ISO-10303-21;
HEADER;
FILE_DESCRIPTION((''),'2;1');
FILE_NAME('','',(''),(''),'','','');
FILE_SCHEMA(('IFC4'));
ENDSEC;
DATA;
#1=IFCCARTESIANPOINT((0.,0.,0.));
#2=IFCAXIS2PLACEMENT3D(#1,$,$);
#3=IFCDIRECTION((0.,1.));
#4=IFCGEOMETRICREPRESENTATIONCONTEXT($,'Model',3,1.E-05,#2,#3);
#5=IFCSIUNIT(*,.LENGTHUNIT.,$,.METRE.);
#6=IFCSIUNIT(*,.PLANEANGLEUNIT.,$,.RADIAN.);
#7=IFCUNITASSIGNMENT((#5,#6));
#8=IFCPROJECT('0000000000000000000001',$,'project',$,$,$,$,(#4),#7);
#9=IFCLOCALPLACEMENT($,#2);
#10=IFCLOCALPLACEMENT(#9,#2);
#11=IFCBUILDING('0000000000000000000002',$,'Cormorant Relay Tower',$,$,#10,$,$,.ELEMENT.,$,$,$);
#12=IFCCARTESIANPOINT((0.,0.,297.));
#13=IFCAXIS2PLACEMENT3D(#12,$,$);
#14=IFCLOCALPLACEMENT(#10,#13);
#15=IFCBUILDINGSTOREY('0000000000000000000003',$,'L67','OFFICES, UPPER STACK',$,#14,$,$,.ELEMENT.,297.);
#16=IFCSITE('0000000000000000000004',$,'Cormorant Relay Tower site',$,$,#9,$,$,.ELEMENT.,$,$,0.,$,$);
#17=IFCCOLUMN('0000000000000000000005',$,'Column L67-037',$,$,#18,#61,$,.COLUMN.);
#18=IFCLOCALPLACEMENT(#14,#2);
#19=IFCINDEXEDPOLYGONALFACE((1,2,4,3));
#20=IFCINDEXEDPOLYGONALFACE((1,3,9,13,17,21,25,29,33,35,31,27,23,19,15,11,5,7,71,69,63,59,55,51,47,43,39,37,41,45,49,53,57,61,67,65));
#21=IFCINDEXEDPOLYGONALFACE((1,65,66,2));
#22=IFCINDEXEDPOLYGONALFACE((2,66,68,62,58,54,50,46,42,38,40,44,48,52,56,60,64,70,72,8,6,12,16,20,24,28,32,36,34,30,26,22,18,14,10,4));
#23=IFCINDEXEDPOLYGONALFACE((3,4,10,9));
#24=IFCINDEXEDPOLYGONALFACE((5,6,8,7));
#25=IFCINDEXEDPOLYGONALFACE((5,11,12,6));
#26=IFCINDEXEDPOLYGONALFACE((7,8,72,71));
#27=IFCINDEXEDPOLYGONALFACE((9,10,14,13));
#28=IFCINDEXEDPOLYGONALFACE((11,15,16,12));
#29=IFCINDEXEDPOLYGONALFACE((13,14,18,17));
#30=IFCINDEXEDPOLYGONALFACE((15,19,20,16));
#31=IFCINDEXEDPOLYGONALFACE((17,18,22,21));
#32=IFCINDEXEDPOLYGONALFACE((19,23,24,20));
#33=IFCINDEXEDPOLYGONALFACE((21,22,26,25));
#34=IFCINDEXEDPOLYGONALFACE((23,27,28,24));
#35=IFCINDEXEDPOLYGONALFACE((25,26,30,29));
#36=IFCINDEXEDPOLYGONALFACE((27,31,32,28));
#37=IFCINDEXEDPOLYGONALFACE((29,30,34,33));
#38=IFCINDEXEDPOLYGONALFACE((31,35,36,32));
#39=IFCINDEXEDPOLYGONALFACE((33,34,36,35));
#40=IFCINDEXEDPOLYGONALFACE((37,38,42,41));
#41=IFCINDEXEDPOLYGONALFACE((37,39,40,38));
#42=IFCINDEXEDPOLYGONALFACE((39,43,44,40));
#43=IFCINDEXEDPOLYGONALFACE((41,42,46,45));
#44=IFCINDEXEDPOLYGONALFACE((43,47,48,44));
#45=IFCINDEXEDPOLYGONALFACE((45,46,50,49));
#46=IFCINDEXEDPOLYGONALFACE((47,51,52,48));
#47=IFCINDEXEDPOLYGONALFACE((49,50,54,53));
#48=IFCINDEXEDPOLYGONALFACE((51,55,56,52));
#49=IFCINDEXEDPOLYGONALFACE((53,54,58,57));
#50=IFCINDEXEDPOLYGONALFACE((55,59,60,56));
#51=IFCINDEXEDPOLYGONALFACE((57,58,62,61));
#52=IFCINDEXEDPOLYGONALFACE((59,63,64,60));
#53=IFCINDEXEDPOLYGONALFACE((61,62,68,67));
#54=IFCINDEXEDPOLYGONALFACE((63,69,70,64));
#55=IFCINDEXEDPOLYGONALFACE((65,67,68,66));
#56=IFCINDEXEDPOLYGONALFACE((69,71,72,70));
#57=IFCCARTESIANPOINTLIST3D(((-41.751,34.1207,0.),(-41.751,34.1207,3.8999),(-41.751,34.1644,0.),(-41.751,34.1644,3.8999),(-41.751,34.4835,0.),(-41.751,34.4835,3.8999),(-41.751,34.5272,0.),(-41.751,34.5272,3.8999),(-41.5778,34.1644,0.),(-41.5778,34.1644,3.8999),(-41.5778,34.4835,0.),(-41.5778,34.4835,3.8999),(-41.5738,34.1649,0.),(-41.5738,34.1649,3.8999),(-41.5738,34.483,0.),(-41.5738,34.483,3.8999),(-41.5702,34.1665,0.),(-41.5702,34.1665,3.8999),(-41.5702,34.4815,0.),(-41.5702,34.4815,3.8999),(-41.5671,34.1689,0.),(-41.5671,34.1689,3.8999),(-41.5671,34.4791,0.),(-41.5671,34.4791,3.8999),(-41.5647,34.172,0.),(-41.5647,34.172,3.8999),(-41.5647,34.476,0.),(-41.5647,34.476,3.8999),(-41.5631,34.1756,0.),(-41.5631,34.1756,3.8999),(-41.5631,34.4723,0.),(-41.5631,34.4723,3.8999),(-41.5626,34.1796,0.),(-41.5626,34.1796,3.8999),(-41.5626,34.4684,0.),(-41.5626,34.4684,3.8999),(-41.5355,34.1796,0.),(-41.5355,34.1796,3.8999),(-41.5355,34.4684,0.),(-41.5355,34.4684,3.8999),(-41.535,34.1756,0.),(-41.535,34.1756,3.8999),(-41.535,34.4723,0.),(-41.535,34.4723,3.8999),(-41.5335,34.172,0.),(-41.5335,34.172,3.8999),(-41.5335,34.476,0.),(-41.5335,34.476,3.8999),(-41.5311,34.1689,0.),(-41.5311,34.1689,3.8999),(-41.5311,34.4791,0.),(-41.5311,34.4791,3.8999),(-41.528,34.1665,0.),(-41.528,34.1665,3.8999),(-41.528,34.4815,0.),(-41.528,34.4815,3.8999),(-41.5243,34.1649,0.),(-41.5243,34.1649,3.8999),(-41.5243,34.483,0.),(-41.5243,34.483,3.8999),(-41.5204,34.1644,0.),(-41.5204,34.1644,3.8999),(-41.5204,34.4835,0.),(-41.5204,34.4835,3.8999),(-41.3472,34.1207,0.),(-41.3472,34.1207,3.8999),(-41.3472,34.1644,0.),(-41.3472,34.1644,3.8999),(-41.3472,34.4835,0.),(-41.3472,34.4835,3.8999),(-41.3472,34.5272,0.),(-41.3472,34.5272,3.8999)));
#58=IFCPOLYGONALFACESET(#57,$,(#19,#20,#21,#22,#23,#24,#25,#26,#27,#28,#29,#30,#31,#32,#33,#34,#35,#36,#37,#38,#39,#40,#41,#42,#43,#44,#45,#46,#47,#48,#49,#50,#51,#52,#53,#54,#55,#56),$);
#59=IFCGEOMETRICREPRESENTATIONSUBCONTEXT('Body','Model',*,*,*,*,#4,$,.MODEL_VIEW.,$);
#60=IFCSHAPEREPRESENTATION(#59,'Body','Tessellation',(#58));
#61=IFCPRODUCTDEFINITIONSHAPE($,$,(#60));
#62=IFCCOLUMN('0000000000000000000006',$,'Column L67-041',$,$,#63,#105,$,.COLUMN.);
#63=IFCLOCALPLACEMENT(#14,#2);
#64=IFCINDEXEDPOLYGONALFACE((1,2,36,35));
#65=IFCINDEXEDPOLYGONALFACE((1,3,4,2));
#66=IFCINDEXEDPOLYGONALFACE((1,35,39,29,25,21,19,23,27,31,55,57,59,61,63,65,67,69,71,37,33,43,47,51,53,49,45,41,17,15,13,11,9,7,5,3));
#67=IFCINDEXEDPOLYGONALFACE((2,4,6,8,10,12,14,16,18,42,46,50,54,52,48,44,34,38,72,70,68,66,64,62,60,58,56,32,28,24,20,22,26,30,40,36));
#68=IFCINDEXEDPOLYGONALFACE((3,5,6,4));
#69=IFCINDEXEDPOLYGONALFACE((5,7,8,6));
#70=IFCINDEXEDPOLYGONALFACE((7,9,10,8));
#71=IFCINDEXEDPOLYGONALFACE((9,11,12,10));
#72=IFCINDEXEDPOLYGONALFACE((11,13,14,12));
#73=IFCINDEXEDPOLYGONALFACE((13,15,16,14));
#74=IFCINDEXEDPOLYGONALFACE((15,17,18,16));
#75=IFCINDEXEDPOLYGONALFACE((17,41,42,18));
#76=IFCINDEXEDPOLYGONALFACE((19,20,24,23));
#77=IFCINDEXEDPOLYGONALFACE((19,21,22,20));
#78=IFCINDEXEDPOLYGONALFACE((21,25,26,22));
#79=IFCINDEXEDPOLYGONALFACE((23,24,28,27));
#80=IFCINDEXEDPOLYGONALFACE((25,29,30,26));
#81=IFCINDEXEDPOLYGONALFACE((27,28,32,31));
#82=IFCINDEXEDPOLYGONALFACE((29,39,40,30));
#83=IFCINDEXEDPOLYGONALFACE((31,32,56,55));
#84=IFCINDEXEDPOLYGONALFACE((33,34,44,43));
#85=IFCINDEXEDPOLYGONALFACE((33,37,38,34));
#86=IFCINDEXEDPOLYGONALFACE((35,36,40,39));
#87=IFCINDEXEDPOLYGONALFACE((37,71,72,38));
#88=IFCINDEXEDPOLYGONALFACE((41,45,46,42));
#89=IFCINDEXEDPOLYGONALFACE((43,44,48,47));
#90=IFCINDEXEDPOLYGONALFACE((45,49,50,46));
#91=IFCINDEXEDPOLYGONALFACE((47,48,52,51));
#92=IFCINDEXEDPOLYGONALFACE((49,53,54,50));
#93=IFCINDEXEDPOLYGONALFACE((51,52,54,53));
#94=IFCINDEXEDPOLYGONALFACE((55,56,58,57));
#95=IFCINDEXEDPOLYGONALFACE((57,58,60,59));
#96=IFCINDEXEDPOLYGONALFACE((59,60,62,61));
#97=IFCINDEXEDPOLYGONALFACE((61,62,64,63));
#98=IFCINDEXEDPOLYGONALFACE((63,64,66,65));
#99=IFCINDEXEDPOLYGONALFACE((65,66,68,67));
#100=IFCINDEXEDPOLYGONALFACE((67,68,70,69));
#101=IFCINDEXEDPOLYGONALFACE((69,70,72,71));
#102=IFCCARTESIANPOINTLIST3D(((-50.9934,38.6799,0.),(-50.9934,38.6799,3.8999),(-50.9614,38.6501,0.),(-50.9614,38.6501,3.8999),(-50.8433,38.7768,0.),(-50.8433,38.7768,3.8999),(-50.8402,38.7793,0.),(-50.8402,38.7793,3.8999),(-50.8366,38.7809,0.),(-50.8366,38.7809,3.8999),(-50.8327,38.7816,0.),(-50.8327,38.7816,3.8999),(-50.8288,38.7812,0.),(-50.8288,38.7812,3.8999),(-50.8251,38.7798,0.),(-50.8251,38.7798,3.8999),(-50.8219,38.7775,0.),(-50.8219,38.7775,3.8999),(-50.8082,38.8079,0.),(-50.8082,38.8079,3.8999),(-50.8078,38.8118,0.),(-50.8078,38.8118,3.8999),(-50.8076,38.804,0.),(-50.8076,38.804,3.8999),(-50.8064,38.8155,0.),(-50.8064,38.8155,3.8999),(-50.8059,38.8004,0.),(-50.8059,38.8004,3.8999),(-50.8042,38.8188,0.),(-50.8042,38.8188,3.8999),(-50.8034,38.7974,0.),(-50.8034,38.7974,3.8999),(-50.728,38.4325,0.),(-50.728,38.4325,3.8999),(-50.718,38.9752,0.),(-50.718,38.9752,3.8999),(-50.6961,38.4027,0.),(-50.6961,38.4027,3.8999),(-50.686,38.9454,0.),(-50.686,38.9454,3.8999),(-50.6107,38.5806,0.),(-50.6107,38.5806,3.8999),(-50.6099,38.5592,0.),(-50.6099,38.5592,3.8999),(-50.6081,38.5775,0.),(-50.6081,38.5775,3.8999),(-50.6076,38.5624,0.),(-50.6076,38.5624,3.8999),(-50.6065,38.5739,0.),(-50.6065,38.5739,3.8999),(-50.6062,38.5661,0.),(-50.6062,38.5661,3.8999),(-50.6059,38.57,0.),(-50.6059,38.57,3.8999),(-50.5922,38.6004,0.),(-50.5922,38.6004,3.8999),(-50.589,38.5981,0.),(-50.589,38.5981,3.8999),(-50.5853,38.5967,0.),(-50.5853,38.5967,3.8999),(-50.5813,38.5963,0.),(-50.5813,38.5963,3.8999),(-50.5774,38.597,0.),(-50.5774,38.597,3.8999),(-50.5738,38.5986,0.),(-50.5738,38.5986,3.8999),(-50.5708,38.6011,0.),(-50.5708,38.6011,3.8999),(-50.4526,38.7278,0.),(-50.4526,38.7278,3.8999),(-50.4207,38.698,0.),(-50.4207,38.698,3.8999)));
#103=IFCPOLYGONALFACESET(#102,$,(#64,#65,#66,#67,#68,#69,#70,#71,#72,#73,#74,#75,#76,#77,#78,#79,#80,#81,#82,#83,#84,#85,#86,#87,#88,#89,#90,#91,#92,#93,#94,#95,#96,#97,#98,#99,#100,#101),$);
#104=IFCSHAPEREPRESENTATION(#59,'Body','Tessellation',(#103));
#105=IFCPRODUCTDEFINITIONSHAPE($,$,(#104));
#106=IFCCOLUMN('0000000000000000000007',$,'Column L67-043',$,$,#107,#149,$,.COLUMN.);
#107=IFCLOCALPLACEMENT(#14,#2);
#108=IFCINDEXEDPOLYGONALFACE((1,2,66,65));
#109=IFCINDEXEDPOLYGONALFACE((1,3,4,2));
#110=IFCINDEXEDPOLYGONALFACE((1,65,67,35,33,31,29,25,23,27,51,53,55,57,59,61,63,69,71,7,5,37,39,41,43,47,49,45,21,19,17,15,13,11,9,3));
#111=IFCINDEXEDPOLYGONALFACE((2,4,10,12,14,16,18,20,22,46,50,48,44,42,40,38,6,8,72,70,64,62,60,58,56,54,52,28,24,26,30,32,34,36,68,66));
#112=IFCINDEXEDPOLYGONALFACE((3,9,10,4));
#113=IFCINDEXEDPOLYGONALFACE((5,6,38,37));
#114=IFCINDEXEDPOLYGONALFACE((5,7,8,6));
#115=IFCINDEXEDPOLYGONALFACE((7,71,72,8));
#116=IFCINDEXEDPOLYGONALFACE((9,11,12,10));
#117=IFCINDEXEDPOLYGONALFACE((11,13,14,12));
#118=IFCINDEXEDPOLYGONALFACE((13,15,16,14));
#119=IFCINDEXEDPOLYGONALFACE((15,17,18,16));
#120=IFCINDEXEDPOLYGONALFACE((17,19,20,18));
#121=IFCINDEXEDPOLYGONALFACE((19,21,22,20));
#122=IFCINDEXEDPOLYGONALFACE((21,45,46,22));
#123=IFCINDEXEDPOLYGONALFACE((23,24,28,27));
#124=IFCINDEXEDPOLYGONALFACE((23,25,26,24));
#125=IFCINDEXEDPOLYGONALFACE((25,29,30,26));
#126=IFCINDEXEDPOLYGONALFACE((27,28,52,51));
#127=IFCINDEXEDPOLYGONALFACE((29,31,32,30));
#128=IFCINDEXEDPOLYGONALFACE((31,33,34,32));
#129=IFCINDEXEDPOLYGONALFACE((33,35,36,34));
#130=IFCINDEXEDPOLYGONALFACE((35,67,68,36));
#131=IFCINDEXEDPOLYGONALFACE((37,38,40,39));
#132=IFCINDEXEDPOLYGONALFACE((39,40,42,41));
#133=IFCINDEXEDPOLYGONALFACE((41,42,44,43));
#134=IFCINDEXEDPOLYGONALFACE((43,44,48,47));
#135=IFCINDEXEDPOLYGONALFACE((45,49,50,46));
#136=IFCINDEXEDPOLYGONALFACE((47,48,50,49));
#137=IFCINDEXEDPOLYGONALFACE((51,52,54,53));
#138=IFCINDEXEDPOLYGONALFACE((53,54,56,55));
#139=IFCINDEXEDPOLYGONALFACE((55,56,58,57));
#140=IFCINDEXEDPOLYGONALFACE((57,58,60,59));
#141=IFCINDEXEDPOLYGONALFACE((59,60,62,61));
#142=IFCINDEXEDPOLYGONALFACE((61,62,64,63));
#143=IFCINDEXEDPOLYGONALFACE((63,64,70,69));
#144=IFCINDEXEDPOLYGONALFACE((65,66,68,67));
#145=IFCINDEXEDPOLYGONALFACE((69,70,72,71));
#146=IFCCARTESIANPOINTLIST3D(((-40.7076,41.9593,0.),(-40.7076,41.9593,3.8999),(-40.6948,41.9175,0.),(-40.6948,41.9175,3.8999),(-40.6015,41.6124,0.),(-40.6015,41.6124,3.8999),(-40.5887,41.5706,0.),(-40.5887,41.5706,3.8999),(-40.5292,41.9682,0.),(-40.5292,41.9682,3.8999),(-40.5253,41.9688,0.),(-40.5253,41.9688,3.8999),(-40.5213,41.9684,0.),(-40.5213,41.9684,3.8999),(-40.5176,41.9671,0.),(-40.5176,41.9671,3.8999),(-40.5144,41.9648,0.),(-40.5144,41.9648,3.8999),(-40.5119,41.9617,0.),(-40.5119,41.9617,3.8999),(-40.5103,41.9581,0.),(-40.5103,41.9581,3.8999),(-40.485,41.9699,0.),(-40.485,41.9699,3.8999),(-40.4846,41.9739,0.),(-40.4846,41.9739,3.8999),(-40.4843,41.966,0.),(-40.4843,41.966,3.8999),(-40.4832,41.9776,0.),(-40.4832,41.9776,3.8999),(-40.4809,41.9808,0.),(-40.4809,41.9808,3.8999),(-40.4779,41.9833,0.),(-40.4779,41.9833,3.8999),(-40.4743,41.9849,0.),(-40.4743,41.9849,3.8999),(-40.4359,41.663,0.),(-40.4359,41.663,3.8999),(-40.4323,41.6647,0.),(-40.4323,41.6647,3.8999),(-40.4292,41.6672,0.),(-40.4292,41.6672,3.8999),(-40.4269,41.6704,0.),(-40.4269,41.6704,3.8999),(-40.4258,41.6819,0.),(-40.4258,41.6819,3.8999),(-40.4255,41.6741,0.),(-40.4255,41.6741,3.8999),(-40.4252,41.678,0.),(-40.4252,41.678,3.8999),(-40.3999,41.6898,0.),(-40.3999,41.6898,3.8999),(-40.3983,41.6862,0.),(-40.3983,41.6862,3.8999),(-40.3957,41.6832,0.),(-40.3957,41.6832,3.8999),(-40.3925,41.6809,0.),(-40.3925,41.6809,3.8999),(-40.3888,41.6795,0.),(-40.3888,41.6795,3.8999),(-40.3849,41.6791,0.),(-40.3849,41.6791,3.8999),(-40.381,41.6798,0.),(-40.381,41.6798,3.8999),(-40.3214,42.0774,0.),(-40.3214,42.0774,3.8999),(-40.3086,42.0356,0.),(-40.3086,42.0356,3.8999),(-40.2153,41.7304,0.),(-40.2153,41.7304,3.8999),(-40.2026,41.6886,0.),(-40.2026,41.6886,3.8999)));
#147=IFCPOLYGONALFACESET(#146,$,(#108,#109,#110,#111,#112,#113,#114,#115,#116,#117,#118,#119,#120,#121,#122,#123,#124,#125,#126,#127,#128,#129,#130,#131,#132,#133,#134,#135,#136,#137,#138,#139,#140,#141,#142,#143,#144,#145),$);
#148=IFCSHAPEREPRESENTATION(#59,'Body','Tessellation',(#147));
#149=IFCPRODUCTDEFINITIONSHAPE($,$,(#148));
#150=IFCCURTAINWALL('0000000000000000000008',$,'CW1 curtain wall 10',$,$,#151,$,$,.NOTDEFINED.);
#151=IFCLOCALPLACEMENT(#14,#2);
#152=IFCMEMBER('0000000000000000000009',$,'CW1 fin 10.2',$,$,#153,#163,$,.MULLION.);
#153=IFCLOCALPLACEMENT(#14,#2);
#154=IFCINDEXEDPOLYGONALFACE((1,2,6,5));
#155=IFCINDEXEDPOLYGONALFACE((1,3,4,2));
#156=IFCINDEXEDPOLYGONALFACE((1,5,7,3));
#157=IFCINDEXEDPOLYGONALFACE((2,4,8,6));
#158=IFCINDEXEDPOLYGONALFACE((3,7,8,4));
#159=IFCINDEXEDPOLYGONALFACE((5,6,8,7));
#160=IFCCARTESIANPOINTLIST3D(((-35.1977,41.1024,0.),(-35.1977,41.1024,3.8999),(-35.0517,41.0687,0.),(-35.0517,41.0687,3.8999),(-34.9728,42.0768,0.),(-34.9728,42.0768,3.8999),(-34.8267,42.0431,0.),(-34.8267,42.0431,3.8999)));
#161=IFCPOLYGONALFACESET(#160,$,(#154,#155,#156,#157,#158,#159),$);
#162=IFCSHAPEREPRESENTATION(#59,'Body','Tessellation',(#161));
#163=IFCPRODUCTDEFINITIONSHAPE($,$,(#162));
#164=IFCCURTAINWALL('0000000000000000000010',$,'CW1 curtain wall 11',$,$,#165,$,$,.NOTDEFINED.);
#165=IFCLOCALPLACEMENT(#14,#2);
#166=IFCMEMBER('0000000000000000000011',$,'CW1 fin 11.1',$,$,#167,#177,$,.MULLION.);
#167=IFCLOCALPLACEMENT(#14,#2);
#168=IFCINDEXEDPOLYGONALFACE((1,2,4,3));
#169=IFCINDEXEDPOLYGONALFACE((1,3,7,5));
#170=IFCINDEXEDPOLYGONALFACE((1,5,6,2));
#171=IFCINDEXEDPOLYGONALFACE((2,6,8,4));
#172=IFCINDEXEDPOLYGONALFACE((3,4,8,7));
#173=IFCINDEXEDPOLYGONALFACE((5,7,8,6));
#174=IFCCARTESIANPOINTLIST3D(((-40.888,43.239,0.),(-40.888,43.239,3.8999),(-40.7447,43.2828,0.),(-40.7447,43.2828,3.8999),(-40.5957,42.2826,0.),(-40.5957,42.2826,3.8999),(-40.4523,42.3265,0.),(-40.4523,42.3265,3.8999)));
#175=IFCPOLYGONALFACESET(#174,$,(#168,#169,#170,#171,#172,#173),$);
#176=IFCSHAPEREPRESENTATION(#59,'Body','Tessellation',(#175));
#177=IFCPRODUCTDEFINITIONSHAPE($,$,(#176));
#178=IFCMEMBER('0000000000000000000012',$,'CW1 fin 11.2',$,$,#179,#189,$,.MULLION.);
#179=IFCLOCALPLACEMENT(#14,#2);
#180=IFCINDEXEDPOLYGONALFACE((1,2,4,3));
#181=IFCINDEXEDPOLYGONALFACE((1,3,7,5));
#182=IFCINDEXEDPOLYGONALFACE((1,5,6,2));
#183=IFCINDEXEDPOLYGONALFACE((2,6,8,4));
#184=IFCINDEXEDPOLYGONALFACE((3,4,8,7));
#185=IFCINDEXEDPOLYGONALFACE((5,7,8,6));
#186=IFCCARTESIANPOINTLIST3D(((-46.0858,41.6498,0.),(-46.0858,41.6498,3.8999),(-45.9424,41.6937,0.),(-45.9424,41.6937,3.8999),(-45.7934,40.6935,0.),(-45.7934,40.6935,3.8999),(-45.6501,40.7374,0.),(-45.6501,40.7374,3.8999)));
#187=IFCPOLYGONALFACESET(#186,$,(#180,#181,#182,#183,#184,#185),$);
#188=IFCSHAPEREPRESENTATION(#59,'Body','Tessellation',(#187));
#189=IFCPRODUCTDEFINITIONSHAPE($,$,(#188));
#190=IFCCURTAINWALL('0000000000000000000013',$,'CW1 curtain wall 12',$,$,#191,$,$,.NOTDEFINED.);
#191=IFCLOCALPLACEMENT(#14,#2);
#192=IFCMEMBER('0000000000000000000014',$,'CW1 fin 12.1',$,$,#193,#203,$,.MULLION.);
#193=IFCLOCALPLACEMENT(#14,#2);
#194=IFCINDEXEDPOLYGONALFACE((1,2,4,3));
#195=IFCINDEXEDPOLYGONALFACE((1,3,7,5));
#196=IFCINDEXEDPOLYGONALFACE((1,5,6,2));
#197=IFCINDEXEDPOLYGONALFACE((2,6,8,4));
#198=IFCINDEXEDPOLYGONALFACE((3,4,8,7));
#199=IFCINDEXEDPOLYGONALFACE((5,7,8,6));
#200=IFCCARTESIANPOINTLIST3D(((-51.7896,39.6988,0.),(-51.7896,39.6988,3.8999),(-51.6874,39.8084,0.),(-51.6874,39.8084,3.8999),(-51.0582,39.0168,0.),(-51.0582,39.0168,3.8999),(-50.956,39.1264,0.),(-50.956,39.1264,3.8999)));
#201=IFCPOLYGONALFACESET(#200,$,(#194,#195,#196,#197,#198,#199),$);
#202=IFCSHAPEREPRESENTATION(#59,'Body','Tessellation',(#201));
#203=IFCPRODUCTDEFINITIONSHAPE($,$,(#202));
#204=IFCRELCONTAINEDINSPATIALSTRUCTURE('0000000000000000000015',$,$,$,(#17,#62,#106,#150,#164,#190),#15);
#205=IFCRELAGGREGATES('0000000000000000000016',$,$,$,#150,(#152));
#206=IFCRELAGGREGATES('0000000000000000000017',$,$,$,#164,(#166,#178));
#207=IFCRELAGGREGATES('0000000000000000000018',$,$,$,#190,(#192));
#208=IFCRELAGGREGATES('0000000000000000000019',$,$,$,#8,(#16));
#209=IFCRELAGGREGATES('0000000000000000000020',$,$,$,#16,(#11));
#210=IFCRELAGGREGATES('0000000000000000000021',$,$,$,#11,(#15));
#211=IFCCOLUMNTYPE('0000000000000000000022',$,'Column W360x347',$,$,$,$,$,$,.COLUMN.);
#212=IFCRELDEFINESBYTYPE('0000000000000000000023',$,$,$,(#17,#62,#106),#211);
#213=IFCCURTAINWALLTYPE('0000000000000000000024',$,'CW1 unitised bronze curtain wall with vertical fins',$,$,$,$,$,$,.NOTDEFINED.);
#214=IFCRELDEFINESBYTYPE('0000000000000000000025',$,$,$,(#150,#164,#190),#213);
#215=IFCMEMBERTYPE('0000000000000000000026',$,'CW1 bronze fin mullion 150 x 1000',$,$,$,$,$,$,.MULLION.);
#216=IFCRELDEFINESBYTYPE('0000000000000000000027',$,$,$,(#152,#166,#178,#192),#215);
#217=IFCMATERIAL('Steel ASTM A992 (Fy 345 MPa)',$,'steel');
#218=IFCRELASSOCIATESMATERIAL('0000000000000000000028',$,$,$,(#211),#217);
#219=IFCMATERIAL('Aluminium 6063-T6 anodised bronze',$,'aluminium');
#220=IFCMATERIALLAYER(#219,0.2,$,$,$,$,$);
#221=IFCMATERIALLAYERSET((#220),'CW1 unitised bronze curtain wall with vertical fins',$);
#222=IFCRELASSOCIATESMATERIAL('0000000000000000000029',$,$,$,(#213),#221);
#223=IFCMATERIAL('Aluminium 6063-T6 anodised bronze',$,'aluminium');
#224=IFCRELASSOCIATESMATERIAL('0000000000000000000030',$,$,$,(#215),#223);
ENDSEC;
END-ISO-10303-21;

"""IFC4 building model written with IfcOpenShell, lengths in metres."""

from ifc_helpers import new_model, si_unit, direction, frame, origin, origin_2d, place, context, subcontext, project, spatial, rectangle, i_section, extrude, material, layer, layer_set, material_profile, profile_set, type_object, element, aggregate, save


model = new_model("IFC4")

# Units and contexts
model_context = context("Model", 3, precision=1e-05, world=origin(), true_north=direction((0.0, 1.0)))
body_context = subcontext(model_context, "Body", "Model", "MODEL_VIEW")
ifc_project = project(units=[si_unit("LENGTHUNIT", "METRE"), si_unit("PLANEANGLEUNIT", "RADIAN")], contexts=[model_context])

# Site, building, storey
site_placement = place(None, origin())
site = spatial("IfcSite", under=ifc_project, at=site_placement, Name="Cormorant Relay Tower site", CompositionType="ELEMENT", RefElevation=0.0)
building_placement = place(site_placement, origin())
building = spatial("IfcBuilding", under=site, at=building_placement, Name="Cormorant Relay Tower", CompositionType="ELEMENT")
storey_placement = place(building_placement, frame((0.0, 0.0, 297.0)))
storey = spatial("IfcBuildingStorey", under=building, at=storey_placement, Name="L67", Description="OFFICES, UPPER STACK", CompositionType="ELEMENT", Elevation=297.0)

# Columns
ifc_material_1 = material(Name="Steel ASTM A992 (Fy 345 MPa)", Category="steel")
ifc_material_profile_1 = material_profile(ifc_material_1, i_section(OverallWidth=0.4038, OverallDepth=0.4065, WebThickness=0.0271, FlangeThickness=0.0437, FilletRadius=0.0151, at=origin_2d()), Name="W360x347")
ifc_profile_set_1 = profile_set([ifc_material_profile_1], Name="Steel ASTM A992 (Fy 345 MPa)")
column_type = type_object("IfcColumnType", Name="Column W360x347", PredefinedType="COLUMN", material=ifc_profile_set_1)
for number, where, z_axis, x_axis, name in (
    (1, (-41.5491, 34.324, 0.0), (0.0, 0.0, 1.0), (1.0, 0.0, 0.0), "Column L67-037"),
    (2, (-50.707, 38.689, 0.0), (0.0, 0.0, 1.0), (-0.681998, -0.731354, 0.0), "Column L67-041"),
    (3, (-40.4551, 41.824, 0.0), (0.0, 0.0, 1.0), (-0.956305, -0.292372, 0.0), "Column L67-043"),
):
    element("IfcColumn", number, at=place(storey_placement, frame(where, z_axis=z_axis, x_axis=x_axis)), inside=storey, type_object=column_type, Name=name, PredefinedType="COLUMN", context=body_context, shape_type="SweptSolid", body=[
        extrude(i_section(OverallWidth=0.4038, OverallDepth=0.4065, WebThickness=0.0271, FlangeThickness=0.0437, FilletRadius=0.0151, at=origin_2d()), origin(), (0.0, 0.0, 1.0), 3.8999),
    ])

# Curtain wall, member
ifc_material_2 = material(Name="Aluminium 6063-T6 anodised bronze", Category="aluminium")
ifc_layer_1 = layer(ifc_material_2, 0.2)
ifc_layer_set_1 = layer_set([ifc_layer_1], Name="CW1 unitised bronze curtain wall with vertical fins")
curtain_wall_type = type_object("IfcCurtainWallType", Name="CW1 unitised bronze curtain wall with vertical fins", PredefinedType="NOTDEFINED", material=ifc_layer_set_1)
curtain_wall_1_placement = place(storey_placement, origin())
curtain_wall_1 = element("IfcCurtainWall", 4, at=curtain_wall_1_placement, inside=storey, type_object=curtain_wall_type, Name="CW1 curtain wall 10", PredefinedType="NOTDEFINED")
ifc_material_3 = material(Name="Aluminium 6063-T6 anodised bronze", Category="aluminium")
ifc_material_profile_2 = material_profile(ifc_material_3, rectangle(XDim=0.1499, YDim=1.0, at=origin_2d()), Name="AL 150x1000")
ifc_profile_set_2 = profile_set([ifc_material_profile_2], Name="Aluminium 6063-T6 anodised bronze")
member_type_1 = type_object("IfcMemberType", Name="CW1 bronze fin mullion 150 x 1000", PredefinedType="MULLION", material=ifc_profile_set_2)
member_1_placement = place(storey_placement, frame((-35.0122, 41.5728, 0.0), z_axis=(0.0, 0.0, 1.0), x_axis=(-0.97437, 0.224951, 0.0)))
member_1 = element("IfcMember", 5, at=member_1_placement, type_object=member_type_1, Name="CW1 fin 10.2", PredefinedType="MULLION", context=body_context, shape_type="SweptSolid", body=[
    extrude(rectangle(XDim=0.1499, YDim=1.0, at=origin_2d()), origin(), (0.0, 0.0, 1.0), 3.8999),
])

# Curtain walls, members
curtain_wall_2_placement = place(storey_placement, origin())
curtain_wall_2 = element("IfcCurtainWall", 6, at=curtain_wall_2_placement, inside=storey, type_object=curtain_wall_type, Name="CW1 curtain wall 11", PredefinedType="NOTDEFINED")
member_2_placement = place(storey_placement, frame((-40.6702, 42.7827, 0.0), z_axis=(0.0, 0.0, 1.0), x_axis=(-0.956305, -0.292372, 0.0)))
member_2 = element("IfcMember", 7, at=member_2_placement, type_object=member_type_1, Name="CW1 fin 11.1", PredefinedType="MULLION", context=body_context, shape_type="SweptSolid", body=[
    extrude(rectangle(XDim=0.1499, YDim=1.0, at=origin_2d()), origin(), (0.0, 0.0, 1.0), 3.8999),
])
member_3_placement = place(storey_placement, frame((-45.8679, 41.1936, 0.0), z_axis=(0.0, 0.0, 1.0), x_axis=(-0.956305, -0.292372, 0.0)))
member_3 = element("IfcMember", 8, at=member_3_placement, type_object=member_type_1, Name="CW1 fin 11.2", PredefinedType="MULLION", context=body_context, shape_type="SweptSolid", body=[
    extrude(rectangle(XDim=0.1499, YDim=1.0, at=origin_2d()), origin(), (0.0, 0.0, 1.0), 3.8999),
])
curtain_wall_3_placement = place(storey_placement, origin())
curtain_wall_3 = element("IfcCurtainWall", 9, at=curtain_wall_3_placement, inside=storey, type_object=curtain_wall_type, Name="CW1 curtain wall 12", PredefinedType="NOTDEFINED")
member_4_placement = place(storey_placement, frame((-51.3728, 39.4126, 0.0), z_axis=(0.0, 0.0, 1.0), x_axis=(-0.681998, -0.731354, 0.0)))
member_4 = element("IfcMember", 10, at=member_4_placement, type_object=member_type_1, Name="CW1 fin 12.1", PredefinedType="MULLION", context=body_context, shape_type="SweptSolid", body=[
    extrude(rectangle(XDim=0.1499, YDim=1.0, at=origin_2d()), origin(), (0.0, 0.0, 1.0), 3.8999),
])

aggregate(curtain_wall_1, [member_1])
aggregate(curtain_wall_2, [member_2, member_3])
aggregate(curtain_wall_3, [member_4])

save(model, "model.ifc")
